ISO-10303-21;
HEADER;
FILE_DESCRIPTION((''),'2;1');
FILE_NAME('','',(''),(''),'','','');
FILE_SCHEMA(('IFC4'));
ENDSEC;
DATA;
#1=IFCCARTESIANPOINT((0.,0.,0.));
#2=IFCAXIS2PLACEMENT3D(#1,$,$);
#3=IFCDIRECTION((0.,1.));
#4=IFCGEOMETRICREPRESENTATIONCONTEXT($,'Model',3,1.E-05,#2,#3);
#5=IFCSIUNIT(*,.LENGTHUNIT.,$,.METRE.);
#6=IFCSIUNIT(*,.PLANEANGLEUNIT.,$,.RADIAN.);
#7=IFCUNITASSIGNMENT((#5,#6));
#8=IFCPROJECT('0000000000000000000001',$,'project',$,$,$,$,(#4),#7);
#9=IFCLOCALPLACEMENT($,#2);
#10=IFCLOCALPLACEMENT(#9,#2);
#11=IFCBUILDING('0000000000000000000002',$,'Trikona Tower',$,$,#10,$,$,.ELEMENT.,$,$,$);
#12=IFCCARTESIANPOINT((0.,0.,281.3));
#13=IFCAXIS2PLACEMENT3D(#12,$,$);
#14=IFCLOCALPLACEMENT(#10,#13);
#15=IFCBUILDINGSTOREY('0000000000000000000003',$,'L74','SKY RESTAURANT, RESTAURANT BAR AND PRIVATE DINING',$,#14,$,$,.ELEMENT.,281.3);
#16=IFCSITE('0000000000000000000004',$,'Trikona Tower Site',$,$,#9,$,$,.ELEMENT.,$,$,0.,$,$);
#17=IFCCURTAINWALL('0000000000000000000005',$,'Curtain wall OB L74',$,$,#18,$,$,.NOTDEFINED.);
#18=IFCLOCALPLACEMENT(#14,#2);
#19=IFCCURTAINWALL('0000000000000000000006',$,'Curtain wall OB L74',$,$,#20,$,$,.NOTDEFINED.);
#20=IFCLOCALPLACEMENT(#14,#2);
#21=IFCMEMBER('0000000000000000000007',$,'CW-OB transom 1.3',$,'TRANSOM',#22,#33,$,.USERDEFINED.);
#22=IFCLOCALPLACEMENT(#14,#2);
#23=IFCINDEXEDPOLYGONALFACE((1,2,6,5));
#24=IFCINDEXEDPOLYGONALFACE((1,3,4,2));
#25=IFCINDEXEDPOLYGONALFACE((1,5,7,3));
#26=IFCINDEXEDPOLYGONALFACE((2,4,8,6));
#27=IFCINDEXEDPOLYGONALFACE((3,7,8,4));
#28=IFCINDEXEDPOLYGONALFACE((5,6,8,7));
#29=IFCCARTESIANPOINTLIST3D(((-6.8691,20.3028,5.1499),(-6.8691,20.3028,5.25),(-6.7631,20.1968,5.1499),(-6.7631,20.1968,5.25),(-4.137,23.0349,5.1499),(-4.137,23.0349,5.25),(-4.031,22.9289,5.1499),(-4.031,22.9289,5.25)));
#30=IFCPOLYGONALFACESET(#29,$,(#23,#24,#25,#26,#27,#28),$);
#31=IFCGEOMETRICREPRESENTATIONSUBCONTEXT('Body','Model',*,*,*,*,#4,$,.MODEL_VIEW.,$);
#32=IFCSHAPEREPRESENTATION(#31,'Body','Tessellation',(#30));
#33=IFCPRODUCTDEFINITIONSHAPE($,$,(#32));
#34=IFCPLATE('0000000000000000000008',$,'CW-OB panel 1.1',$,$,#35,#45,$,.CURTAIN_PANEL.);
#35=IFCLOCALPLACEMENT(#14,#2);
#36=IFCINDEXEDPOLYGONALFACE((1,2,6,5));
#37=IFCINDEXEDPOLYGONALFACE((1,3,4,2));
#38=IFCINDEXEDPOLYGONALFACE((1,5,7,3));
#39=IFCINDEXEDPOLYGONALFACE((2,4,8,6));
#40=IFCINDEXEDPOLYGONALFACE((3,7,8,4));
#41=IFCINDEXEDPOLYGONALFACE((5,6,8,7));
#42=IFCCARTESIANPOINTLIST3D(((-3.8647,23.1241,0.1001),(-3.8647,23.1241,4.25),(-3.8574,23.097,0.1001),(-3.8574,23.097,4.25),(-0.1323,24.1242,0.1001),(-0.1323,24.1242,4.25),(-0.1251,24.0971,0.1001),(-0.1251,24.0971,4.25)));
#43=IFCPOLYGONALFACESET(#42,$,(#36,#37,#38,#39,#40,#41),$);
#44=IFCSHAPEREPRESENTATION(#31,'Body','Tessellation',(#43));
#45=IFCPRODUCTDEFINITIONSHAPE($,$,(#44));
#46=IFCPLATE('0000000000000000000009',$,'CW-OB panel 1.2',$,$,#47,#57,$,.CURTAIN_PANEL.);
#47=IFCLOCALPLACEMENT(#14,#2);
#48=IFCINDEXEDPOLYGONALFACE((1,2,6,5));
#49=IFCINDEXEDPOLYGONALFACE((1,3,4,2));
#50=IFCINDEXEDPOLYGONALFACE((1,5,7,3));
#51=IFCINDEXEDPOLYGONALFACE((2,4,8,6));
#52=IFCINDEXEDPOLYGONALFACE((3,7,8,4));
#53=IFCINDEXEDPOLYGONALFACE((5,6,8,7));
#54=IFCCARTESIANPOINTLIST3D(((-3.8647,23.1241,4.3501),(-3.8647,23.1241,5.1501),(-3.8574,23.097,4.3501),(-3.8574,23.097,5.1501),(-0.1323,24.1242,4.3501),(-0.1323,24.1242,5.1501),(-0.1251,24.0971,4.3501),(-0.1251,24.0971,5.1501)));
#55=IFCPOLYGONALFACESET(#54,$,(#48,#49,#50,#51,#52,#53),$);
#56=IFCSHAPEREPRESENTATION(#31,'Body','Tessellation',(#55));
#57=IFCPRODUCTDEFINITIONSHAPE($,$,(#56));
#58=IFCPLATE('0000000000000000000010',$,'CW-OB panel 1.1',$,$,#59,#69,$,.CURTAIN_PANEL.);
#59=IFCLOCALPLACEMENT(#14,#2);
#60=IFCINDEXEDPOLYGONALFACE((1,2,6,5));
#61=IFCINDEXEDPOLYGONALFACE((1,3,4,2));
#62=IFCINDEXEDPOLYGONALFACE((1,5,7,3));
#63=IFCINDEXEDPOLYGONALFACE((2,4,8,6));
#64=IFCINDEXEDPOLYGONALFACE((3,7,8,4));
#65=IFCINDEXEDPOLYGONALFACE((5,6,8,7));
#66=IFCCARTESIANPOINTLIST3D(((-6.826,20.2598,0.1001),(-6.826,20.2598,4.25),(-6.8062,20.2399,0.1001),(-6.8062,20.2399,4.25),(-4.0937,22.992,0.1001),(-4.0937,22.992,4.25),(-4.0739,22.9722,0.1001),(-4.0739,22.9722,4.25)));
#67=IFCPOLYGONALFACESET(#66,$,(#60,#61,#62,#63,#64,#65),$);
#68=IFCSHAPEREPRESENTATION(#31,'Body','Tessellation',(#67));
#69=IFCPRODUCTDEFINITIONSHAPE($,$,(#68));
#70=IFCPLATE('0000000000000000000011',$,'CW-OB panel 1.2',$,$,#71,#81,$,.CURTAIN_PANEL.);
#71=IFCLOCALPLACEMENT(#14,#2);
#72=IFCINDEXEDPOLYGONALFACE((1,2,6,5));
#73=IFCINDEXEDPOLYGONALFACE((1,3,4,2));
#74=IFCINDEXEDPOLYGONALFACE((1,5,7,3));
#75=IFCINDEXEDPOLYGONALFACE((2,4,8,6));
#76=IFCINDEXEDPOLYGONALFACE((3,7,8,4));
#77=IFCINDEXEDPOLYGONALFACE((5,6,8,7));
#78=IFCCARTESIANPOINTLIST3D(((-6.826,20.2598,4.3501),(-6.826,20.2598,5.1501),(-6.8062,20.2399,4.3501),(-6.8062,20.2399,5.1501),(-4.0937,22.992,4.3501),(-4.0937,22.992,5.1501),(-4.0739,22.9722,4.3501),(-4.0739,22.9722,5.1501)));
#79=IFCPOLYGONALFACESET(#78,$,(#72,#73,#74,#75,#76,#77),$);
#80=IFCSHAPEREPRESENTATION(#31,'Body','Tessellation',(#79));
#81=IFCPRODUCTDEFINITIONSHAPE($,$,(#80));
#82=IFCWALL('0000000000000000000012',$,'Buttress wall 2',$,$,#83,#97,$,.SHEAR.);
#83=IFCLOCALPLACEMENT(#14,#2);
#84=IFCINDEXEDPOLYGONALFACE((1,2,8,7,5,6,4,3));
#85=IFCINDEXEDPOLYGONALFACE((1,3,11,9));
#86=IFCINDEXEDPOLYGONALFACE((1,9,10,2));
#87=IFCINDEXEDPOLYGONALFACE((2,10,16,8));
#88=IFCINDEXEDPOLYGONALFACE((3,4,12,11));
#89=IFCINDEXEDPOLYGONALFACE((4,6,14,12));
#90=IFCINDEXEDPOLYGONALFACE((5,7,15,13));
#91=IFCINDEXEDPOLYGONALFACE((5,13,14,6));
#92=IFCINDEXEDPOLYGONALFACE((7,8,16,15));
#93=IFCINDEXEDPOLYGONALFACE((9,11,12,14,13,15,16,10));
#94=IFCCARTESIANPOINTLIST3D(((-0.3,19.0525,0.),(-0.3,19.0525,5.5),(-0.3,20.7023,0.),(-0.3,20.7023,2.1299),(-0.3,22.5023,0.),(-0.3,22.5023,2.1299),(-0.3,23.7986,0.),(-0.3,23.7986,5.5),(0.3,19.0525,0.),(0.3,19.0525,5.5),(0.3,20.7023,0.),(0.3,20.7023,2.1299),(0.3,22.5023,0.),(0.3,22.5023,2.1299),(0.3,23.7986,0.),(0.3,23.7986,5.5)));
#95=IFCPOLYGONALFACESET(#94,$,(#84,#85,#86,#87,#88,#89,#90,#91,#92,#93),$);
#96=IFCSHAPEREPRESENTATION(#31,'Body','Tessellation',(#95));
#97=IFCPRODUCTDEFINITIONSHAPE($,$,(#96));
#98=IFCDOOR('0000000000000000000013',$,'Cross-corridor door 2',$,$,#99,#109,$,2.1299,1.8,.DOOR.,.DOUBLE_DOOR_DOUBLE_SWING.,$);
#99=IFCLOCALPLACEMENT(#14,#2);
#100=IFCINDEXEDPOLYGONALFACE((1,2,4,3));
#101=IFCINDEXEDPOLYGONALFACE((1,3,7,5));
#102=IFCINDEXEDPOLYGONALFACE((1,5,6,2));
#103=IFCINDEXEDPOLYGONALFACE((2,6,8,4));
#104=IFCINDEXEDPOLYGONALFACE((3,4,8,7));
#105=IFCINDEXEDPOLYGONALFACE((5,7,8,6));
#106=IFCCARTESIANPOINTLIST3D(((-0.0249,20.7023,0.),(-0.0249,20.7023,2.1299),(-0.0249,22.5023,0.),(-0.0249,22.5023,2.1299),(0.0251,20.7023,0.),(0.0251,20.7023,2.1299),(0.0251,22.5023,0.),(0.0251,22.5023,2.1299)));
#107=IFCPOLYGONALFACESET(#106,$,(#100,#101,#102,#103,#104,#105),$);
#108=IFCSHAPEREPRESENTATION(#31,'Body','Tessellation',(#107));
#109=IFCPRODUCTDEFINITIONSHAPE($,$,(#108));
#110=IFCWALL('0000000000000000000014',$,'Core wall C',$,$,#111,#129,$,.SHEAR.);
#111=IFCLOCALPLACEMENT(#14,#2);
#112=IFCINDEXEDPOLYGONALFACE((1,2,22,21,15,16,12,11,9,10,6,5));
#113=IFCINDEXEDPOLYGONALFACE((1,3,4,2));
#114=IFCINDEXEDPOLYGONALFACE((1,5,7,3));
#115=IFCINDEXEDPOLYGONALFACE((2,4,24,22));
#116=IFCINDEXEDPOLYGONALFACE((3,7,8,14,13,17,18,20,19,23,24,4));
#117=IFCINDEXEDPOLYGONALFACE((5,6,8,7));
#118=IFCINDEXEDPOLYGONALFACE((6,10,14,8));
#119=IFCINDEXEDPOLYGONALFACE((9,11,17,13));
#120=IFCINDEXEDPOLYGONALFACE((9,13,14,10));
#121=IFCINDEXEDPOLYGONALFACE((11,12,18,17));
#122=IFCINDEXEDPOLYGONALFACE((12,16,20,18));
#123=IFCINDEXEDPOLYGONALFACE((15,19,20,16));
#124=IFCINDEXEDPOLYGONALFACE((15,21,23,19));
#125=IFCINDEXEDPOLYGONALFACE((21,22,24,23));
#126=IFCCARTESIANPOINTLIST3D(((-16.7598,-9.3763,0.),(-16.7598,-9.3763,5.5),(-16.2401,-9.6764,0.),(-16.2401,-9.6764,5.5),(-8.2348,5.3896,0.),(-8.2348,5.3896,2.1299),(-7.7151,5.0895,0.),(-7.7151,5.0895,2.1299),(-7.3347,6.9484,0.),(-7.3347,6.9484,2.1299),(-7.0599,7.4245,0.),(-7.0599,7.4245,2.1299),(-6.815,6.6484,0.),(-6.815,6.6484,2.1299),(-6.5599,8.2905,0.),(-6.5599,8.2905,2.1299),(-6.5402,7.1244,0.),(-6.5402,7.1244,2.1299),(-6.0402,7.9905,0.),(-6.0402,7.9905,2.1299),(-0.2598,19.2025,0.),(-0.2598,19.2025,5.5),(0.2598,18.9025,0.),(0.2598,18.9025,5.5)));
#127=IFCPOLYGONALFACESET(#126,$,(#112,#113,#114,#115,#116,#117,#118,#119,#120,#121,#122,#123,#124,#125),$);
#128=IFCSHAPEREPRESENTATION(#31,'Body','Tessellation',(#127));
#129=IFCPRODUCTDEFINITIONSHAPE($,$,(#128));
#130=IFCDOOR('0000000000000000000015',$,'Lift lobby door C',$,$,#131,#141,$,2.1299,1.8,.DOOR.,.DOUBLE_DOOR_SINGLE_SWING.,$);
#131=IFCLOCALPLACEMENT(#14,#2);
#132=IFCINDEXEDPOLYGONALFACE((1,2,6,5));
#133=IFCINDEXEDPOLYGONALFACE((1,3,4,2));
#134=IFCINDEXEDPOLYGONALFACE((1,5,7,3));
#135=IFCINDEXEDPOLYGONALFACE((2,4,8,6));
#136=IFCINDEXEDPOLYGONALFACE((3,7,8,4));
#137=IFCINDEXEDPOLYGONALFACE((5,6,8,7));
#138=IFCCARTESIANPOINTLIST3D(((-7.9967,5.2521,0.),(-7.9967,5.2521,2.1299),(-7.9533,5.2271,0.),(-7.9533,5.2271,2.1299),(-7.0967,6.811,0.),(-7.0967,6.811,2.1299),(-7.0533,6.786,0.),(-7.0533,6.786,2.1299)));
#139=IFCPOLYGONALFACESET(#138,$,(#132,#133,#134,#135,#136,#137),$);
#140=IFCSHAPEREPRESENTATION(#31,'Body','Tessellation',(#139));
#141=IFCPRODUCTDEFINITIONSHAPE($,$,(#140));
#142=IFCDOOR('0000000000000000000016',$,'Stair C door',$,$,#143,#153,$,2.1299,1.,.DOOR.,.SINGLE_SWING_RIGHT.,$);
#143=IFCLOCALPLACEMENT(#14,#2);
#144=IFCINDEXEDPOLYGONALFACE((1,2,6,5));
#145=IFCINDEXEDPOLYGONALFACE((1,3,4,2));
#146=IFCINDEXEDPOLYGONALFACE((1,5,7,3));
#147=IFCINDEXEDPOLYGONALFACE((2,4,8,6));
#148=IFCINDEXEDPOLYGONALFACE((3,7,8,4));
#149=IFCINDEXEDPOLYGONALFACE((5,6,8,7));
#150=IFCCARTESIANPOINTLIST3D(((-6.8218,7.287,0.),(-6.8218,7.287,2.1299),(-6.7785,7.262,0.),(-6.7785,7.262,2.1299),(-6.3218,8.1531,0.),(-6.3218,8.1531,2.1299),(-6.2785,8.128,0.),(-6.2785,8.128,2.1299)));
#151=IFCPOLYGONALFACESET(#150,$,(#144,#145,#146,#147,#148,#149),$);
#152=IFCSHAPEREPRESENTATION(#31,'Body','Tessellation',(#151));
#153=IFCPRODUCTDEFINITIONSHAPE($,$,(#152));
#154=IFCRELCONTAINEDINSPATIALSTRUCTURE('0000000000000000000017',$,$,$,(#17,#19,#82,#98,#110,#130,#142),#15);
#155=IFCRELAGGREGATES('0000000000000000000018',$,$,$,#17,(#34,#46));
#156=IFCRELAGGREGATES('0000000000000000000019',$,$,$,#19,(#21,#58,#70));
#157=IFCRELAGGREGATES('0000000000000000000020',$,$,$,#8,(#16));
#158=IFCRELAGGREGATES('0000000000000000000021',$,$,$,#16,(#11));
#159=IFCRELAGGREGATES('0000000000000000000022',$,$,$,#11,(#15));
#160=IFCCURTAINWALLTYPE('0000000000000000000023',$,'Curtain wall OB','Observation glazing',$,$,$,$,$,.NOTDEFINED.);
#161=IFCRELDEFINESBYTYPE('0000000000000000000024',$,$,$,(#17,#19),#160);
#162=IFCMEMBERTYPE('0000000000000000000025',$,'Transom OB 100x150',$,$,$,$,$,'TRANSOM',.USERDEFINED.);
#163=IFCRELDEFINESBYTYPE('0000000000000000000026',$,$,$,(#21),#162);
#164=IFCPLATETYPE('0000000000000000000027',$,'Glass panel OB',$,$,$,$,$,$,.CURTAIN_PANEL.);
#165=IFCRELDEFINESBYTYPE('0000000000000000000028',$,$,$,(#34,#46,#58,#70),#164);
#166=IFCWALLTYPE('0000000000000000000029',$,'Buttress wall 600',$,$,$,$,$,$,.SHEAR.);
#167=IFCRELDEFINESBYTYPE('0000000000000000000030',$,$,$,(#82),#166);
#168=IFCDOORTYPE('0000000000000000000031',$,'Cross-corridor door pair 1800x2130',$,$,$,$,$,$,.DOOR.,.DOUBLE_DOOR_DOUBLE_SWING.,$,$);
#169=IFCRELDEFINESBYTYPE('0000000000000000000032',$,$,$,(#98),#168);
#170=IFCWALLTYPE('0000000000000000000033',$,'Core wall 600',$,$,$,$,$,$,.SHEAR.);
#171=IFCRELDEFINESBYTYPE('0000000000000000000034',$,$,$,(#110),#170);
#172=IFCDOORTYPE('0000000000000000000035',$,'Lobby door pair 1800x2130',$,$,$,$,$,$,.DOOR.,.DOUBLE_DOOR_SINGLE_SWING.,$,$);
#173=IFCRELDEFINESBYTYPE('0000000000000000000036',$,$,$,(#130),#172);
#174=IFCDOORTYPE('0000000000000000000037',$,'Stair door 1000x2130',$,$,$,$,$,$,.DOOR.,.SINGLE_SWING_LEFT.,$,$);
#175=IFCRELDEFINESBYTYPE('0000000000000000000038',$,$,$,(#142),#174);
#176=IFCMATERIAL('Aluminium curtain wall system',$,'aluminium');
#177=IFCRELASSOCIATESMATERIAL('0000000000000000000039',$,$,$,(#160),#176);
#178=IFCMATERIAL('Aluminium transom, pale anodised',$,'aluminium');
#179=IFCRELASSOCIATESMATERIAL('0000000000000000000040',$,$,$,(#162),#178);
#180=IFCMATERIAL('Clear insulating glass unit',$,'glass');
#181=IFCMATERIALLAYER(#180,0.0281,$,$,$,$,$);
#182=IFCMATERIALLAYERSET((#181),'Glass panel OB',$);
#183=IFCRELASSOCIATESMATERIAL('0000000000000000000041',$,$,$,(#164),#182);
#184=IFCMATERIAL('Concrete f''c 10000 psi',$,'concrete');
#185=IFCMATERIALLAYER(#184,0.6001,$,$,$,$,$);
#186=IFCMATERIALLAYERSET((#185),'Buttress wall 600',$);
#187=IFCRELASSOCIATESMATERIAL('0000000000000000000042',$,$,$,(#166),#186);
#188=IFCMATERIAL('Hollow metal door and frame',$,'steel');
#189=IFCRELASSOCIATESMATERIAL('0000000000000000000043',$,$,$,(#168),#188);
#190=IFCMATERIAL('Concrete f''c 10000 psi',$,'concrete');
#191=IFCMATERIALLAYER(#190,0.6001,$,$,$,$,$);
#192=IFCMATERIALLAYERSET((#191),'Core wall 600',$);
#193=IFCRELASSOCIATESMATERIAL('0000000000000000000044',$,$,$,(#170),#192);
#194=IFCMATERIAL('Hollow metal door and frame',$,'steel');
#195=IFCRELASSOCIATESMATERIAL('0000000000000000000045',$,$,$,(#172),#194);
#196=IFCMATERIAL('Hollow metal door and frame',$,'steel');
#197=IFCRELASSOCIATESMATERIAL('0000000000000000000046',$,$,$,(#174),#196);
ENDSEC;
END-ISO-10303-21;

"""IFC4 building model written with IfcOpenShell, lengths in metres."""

from ifc_helpers import new_model, si_unit, direction, frame, frame_2d, origin, origin_2d, place, context, subcontext, project, spatial, rectangle, extrude, material, layer, layer_set, material_profile, profile_set, type_object, element, fill, aggregate, save


model = new_model("IFC4")

# Units and contexts
model_context = context("Model", 3, precision=1e-05, world=origin(), true_north=direction((0.0, 1.0)))
body_context = subcontext(model_context, "Body", "Model", "MODEL_VIEW")
ifc_project = project(units=[si_unit("LENGTHUNIT", "METRE"), si_unit("PLANEANGLEUNIT", "RADIAN")], contexts=[model_context])

# Site, building, storey
site_placement = place(None, origin())
site = spatial("IfcSite", under=ifc_project, at=site_placement, Name="Trikona Tower Site", CompositionType="ELEMENT", RefElevation=0.0)
building_placement = place(site_placement, origin())
building = spatial("IfcBuilding", under=site, at=building_placement, Name="Trikona Tower", CompositionType="ELEMENT")
storey_placement = place(building_placement, frame((0.0, 0.0, 281.3)))
storey = spatial("IfcBuildingStorey", under=building, at=storey_placement, Name="L74", Description="SKY RESTAURANT, RESTAURANT BAR AND PRIVATE DINING", CompositionType="ELEMENT", Elevation=281.3)

# Curtain walls
ifc_material_1 = material(Name="Aluminium curtain wall system", Category="aluminium")
curtain_wall_type = type_object("IfcCurtainWallType", Name="Curtain wall OB", Description="Observation glazing", PredefinedType="NOTDEFINED", material=ifc_material_1)
curtain_wall_1_placement = place(storey_placement, origin())
curtain_wall_1 = element("IfcCurtainWall", 1, at=curtain_wall_1_placement, inside=storey, type_object=curtain_wall_type, Name="Curtain wall OB L74", PredefinedType="NOTDEFINED")
curtain_wall_2_placement = place(storey_placement, origin())
curtain_wall_2 = element("IfcCurtainWall", 2, at=curtain_wall_2_placement, inside=storey, type_object=curtain_wall_type, Name="Curtain wall OB L74", PredefinedType="NOTDEFINED")

# Member
ifc_material_2 = material(Name="Aluminium transom, pale anodised", Category="aluminium")
ifc_material_profile_1 = material_profile(ifc_material_2, rectangle(XDim=0.1499, YDim=0.1001, at=origin_2d()), Name="TRN-OB")
ifc_profile_set_1 = profile_set([ifc_material_profile_1], Name="Aluminium transom, pale anodised")
member_type_1 = type_object("IfcMemberType", Name="Transom OB 100x150", ElementType="TRANSOM", PredefinedType="USERDEFINED", material=ifc_profile_set_1)
member_1_placement = place(storey_placement, frame((-4.084, 22.9819, 5.2), z_axis=(-0.707107, -0.707107, 0.0), x_axis=(0.707107, -0.707107, 0.0)))
member_1 = element("IfcMember", 3, at=member_1_placement, type_object=member_type_1, Name="CW-OB transom 1.3", ObjectType="TRANSOM", PredefinedType="USERDEFINED", context=body_context, shape_type="SweptSolid", body=[
    extrude(rectangle(XDim=0.1499, YDim=0.1001, at=origin_2d()), origin(), (0.0, 0.0, 1.0), 3.8638),
])

# Plates
ifc_material_3 = material(Name="Clear insulating glass unit", Category="glass")
ifc_layer_1 = layer(ifc_material_3, 0.0281)
ifc_layer_set_1 = layer_set([ifc_layer_1], Name="Glass panel OB")
plate_type = type_object("IfcPlateType", Name="Glass panel OB", PredefinedType="CURTAIN_PANEL", material=ifc_layer_set_1)
plate_1_placement = place(storey_placement, frame((-1.9949, 23.6106, 0.1001), z_axis=(0.0, 0.0, 1.0), x_axis=(-0.965923, -0.258828, 0.0)))
plate_1 = element("IfcPlate", 4, at=plate_1_placement, type_object=plate_type, Name="CW-OB panel 1.1", PredefinedType="CURTAIN_PANEL", context=body_context, shape_type="SweptSolid", body=[
    extrude(rectangle(XDim=3.864, YDim=0.0281, at=origin_2d()), origin(), (0.0, 0.0, 1.0), 4.1499),
])
plate_2_placement = place(storey_placement, frame((-1.9949, 23.6106, 4.3501), z_axis=(0.0, 0.0, 1.0), x_axis=(-0.965923, -0.258828, 0.0)))
plate_2 = element("IfcPlate", 5, at=plate_2_placement, type_object=plate_type, Name="CW-OB panel 1.2", PredefinedType="CURTAIN_PANEL", context=body_context, shape_type="SweptSolid", body=[
    extrude(rectangle(XDim=3.864, YDim=0.0281, at=origin_2d()), origin(), (0.0, 0.0, 1.0), 0.8),
])
aggregate(curtain_wall_1, [plate_1, plate_2])
plate_3_placement = place(storey_placement, frame((-5.45, 21.616, 0.1001), z_axis=(0.0, 0.0, 1.0), x_axis=(-0.707107, -0.707107, 0.0)))
plate_3 = element("IfcPlate", 6, at=plate_3_placement, type_object=plate_type, Name="CW-OB panel 1.1", PredefinedType="CURTAIN_PANEL", context=body_context, shape_type="SweptSolid", body=[
    extrude(rectangle(XDim=3.864, YDim=0.0281, at=origin_2d()), origin(), (0.0, 0.0, 1.0), 4.1499),
])
plate_4_placement = place(storey_placement, frame((-5.45, 21.616, 4.3501), z_axis=(0.0, 0.0, 1.0), x_axis=(-0.707107, -0.707107, 0.0)))
plate_4 = element("IfcPlate", 7, at=plate_4_placement, type_object=plate_type, Name="CW-OB panel 1.2", PredefinedType="CURTAIN_PANEL", context=body_context, shape_type="SweptSolid", body=[
    extrude(rectangle(XDim=3.864, YDim=0.0281, at=origin_2d()), origin(), (0.0, 0.0, 1.0), 0.8),
])
aggregate(curtain_wall_2, [member_1, plate_3, plate_4])

# Wall, opening, door
ifc_material_4 = material(Name="Concrete f'c 10000 psi", Category="concrete")
ifc_layer_2 = layer(ifc_material_4, 0.6001)
ifc_layer_set_2 = layer_set([ifc_layer_2], Name="Buttress wall 600")
wall_type_1 = type_object("IfcWallType", Name="Buttress wall 600", PredefinedType="SHEAR", material=ifc_layer_set_2)
wall_1_placement = place(storey_placement, frame((0.0, 19.0525, 0.0), z_axis=(0.0, 0.0, 1.0), x_axis=(0.0, 1.0, 0.0)))
wall_1 = element("IfcWall", 8, at=wall_1_placement, inside=storey, type_object=wall_type_1, Name="Buttress wall 2", PredefinedType="SHEAR", context=body_context, shape_type="SweptSolid", body=[
    extrude(rectangle(XDim=4.7461, YDim=0.6001, at=frame_2d((2.373, 0.0))), origin(), (0.0, 0.0, 1.0), 5.5),
])
opening_1_placement = place(wall_1_placement, frame((1.6499, 0.0, 0.0)))
opening_1 = element("IfcOpeningElement", 9, at=opening_1_placement, cuts=wall_1, PredefinedType="OPENING", context=body_context, shape_type="SweptSolid", body=[
    extrude(rectangle(XDim=1.8, YDim=2.1299, at=frame_2d((0.8999, 1.0649))), frame((0.0, 0.3101, 0.0), z_axis=(0.0, -1.0, 0.0), x_axis=(1.0, 0.0, 0.0)), (0.0, 0.0, 1.0), 0.6201),
])
ifc_material_5 = material(Name="Hollow metal door and frame", Category="steel")
door_type_1 = type_object("IfcDoorType", Name="Cross-corridor door pair 1800x2130", OperationType="DOUBLE_DOOR_DOUBLE_SWING", PredefinedType="DOOR", material=ifc_material_5)
door_1_placement = place(opening_1_placement, origin())
door_1 = element("IfcDoor", 10, at=door_1_placement, inside=storey, type_object=door_type_1, Name="Cross-corridor door 2", OperationType="DOUBLE_DOOR_DOUBLE_SWING", OverallHeight=2.1299, OverallWidth=1.8, PredefinedType="DOOR", context=body_context, shape_type="SweptSolid", body=[
    extrude(rectangle(XDim=1.8, YDim=2.1299, at=frame_2d((0.8999, 1.0649))), frame((0.0, 0.0249, 0.0), z_axis=(0.0, -1.0, 0.0), x_axis=(1.0, 0.0, 0.0)), (0.0, 0.0, 1.0), 0.05),
])
fill(opening_1, door_1)

# Wall, openings, doors
ifc_material_6 = material(Name="Concrete f'c 10000 psi", Category="concrete")
ifc_layer_3 = layer(ifc_material_6, 0.6001)
ifc_layer_set_3 = layer_set([ifc_layer_3], Name="Core wall 600")
wall_type_2 = type_object("IfcWallType", Name="Core wall 600", PredefinedType="SHEAR", material=ifc_layer_set_3)
wall_2_placement = place(storey_placement, frame((0.0, 19.0525, 0.0), z_axis=(0.0, 0.0, 1.0), x_axis=(-0.5, -0.866026, 0.0)))
wall_2 = element("IfcWall", 11, at=wall_2_placement, inside=storey, type_object=wall_type_2, Name="Core wall C", PredefinedType="SHEAR", context=body_context, shape_type="SweptSolid", body=[
    extrude(rectangle(XDim=33.0, YDim=0.6001, at=frame_2d((16.5, 0.0))), origin(), (0.0, 0.0, 1.0), 5.5),
])
opening_2_placement = place(wall_2_placement, frame((14.1499, 0.0, 0.0)))
opening_2 = element("IfcOpeningElement", 12, at=opening_2_placement, cuts=wall_2, PredefinedType="OPENING", context=body_context, shape_type="SweptSolid", body=[
    extrude(rectangle(XDim=1.8, YDim=2.1299, at=frame_2d((0.8999, 1.0649))), frame((0.0, 0.3101, 0.0), z_axis=(0.0, -1.0, 0.0), x_axis=(1.0, 0.0, 0.0)), (0.0, 0.0, 1.0), 0.6201),
])
opening_3_placement = place(wall_2_placement, frame((12.6001, 0.0, 0.0)))
opening_3 = element("IfcOpeningElement", 13, at=opening_3_placement, cuts=wall_2, PredefinedType="OPENING", context=body_context, shape_type="SweptSolid", body=[
    extrude(rectangle(XDim=1.0, YDim=2.1299, at=frame_2d((0.5, 1.0649))), frame((0.0, 0.3101, 0.0), z_axis=(0.0, -1.0, 0.0), x_axis=(1.0, 0.0, 0.0)), (0.0, 0.0, 1.0), 0.6201),
])
ifc_material_7 = material(Name="Hollow metal door and frame", Category="steel")
door_type_2 = type_object("IfcDoorType", Name="Lobby door pair 1800x2130", OperationType="DOUBLE_DOOR_SINGLE_SWING", PredefinedType="DOOR", material=ifc_material_7)
door_2_placement = place(opening_2_placement, origin())
door_2 = element("IfcDoor", 14, at=door_2_placement, inside=storey, type_object=door_type_2, Name="Lift lobby door C", OperationType="DOUBLE_DOOR_SINGLE_SWING", OverallHeight=2.1299, OverallWidth=1.8, PredefinedType="DOOR", context=body_context, shape_type="SweptSolid", body=[
    extrude(rectangle(XDim=1.8, YDim=2.1299, at=frame_2d((0.8999, 1.0649))), frame((0.0, 0.0249, 0.0), z_axis=(0.0, -1.0, 0.0), x_axis=(1.0, 0.0, 0.0)), (0.0, 0.0, 1.0), 0.05),
])
fill(opening_2, door_2)
ifc_material_8 = material(Name="Hollow metal door and frame", Category="steel")
door_type_3 = type_object("IfcDoorType", Name="Stair door 1000x2130", OperationType="SINGLE_SWING_LEFT", PredefinedType="DOOR", material=ifc_material_8)
door_3_placement = place(opening_3_placement, origin())
door_3 = element("IfcDoor", 15, at=door_3_placement, inside=storey, type_object=door_type_3, Name="Stair C door", OperationType="SINGLE_SWING_RIGHT", OverallHeight=2.1299, OverallWidth=1.0, PredefinedType="DOOR", context=body_context, shape_type="SweptSolid", body=[
    extrude(rectangle(XDim=1.0, YDim=2.1299, at=frame_2d((0.5, 1.0649))), frame((0.0, 0.0249, 0.0), z_axis=(0.0, -1.0, 0.0), x_axis=(1.0, 0.0, 0.0)), (0.0, 0.0, 1.0), 0.05),
])
fill(opening_3, door_3)

save(model, "model.ifc")
